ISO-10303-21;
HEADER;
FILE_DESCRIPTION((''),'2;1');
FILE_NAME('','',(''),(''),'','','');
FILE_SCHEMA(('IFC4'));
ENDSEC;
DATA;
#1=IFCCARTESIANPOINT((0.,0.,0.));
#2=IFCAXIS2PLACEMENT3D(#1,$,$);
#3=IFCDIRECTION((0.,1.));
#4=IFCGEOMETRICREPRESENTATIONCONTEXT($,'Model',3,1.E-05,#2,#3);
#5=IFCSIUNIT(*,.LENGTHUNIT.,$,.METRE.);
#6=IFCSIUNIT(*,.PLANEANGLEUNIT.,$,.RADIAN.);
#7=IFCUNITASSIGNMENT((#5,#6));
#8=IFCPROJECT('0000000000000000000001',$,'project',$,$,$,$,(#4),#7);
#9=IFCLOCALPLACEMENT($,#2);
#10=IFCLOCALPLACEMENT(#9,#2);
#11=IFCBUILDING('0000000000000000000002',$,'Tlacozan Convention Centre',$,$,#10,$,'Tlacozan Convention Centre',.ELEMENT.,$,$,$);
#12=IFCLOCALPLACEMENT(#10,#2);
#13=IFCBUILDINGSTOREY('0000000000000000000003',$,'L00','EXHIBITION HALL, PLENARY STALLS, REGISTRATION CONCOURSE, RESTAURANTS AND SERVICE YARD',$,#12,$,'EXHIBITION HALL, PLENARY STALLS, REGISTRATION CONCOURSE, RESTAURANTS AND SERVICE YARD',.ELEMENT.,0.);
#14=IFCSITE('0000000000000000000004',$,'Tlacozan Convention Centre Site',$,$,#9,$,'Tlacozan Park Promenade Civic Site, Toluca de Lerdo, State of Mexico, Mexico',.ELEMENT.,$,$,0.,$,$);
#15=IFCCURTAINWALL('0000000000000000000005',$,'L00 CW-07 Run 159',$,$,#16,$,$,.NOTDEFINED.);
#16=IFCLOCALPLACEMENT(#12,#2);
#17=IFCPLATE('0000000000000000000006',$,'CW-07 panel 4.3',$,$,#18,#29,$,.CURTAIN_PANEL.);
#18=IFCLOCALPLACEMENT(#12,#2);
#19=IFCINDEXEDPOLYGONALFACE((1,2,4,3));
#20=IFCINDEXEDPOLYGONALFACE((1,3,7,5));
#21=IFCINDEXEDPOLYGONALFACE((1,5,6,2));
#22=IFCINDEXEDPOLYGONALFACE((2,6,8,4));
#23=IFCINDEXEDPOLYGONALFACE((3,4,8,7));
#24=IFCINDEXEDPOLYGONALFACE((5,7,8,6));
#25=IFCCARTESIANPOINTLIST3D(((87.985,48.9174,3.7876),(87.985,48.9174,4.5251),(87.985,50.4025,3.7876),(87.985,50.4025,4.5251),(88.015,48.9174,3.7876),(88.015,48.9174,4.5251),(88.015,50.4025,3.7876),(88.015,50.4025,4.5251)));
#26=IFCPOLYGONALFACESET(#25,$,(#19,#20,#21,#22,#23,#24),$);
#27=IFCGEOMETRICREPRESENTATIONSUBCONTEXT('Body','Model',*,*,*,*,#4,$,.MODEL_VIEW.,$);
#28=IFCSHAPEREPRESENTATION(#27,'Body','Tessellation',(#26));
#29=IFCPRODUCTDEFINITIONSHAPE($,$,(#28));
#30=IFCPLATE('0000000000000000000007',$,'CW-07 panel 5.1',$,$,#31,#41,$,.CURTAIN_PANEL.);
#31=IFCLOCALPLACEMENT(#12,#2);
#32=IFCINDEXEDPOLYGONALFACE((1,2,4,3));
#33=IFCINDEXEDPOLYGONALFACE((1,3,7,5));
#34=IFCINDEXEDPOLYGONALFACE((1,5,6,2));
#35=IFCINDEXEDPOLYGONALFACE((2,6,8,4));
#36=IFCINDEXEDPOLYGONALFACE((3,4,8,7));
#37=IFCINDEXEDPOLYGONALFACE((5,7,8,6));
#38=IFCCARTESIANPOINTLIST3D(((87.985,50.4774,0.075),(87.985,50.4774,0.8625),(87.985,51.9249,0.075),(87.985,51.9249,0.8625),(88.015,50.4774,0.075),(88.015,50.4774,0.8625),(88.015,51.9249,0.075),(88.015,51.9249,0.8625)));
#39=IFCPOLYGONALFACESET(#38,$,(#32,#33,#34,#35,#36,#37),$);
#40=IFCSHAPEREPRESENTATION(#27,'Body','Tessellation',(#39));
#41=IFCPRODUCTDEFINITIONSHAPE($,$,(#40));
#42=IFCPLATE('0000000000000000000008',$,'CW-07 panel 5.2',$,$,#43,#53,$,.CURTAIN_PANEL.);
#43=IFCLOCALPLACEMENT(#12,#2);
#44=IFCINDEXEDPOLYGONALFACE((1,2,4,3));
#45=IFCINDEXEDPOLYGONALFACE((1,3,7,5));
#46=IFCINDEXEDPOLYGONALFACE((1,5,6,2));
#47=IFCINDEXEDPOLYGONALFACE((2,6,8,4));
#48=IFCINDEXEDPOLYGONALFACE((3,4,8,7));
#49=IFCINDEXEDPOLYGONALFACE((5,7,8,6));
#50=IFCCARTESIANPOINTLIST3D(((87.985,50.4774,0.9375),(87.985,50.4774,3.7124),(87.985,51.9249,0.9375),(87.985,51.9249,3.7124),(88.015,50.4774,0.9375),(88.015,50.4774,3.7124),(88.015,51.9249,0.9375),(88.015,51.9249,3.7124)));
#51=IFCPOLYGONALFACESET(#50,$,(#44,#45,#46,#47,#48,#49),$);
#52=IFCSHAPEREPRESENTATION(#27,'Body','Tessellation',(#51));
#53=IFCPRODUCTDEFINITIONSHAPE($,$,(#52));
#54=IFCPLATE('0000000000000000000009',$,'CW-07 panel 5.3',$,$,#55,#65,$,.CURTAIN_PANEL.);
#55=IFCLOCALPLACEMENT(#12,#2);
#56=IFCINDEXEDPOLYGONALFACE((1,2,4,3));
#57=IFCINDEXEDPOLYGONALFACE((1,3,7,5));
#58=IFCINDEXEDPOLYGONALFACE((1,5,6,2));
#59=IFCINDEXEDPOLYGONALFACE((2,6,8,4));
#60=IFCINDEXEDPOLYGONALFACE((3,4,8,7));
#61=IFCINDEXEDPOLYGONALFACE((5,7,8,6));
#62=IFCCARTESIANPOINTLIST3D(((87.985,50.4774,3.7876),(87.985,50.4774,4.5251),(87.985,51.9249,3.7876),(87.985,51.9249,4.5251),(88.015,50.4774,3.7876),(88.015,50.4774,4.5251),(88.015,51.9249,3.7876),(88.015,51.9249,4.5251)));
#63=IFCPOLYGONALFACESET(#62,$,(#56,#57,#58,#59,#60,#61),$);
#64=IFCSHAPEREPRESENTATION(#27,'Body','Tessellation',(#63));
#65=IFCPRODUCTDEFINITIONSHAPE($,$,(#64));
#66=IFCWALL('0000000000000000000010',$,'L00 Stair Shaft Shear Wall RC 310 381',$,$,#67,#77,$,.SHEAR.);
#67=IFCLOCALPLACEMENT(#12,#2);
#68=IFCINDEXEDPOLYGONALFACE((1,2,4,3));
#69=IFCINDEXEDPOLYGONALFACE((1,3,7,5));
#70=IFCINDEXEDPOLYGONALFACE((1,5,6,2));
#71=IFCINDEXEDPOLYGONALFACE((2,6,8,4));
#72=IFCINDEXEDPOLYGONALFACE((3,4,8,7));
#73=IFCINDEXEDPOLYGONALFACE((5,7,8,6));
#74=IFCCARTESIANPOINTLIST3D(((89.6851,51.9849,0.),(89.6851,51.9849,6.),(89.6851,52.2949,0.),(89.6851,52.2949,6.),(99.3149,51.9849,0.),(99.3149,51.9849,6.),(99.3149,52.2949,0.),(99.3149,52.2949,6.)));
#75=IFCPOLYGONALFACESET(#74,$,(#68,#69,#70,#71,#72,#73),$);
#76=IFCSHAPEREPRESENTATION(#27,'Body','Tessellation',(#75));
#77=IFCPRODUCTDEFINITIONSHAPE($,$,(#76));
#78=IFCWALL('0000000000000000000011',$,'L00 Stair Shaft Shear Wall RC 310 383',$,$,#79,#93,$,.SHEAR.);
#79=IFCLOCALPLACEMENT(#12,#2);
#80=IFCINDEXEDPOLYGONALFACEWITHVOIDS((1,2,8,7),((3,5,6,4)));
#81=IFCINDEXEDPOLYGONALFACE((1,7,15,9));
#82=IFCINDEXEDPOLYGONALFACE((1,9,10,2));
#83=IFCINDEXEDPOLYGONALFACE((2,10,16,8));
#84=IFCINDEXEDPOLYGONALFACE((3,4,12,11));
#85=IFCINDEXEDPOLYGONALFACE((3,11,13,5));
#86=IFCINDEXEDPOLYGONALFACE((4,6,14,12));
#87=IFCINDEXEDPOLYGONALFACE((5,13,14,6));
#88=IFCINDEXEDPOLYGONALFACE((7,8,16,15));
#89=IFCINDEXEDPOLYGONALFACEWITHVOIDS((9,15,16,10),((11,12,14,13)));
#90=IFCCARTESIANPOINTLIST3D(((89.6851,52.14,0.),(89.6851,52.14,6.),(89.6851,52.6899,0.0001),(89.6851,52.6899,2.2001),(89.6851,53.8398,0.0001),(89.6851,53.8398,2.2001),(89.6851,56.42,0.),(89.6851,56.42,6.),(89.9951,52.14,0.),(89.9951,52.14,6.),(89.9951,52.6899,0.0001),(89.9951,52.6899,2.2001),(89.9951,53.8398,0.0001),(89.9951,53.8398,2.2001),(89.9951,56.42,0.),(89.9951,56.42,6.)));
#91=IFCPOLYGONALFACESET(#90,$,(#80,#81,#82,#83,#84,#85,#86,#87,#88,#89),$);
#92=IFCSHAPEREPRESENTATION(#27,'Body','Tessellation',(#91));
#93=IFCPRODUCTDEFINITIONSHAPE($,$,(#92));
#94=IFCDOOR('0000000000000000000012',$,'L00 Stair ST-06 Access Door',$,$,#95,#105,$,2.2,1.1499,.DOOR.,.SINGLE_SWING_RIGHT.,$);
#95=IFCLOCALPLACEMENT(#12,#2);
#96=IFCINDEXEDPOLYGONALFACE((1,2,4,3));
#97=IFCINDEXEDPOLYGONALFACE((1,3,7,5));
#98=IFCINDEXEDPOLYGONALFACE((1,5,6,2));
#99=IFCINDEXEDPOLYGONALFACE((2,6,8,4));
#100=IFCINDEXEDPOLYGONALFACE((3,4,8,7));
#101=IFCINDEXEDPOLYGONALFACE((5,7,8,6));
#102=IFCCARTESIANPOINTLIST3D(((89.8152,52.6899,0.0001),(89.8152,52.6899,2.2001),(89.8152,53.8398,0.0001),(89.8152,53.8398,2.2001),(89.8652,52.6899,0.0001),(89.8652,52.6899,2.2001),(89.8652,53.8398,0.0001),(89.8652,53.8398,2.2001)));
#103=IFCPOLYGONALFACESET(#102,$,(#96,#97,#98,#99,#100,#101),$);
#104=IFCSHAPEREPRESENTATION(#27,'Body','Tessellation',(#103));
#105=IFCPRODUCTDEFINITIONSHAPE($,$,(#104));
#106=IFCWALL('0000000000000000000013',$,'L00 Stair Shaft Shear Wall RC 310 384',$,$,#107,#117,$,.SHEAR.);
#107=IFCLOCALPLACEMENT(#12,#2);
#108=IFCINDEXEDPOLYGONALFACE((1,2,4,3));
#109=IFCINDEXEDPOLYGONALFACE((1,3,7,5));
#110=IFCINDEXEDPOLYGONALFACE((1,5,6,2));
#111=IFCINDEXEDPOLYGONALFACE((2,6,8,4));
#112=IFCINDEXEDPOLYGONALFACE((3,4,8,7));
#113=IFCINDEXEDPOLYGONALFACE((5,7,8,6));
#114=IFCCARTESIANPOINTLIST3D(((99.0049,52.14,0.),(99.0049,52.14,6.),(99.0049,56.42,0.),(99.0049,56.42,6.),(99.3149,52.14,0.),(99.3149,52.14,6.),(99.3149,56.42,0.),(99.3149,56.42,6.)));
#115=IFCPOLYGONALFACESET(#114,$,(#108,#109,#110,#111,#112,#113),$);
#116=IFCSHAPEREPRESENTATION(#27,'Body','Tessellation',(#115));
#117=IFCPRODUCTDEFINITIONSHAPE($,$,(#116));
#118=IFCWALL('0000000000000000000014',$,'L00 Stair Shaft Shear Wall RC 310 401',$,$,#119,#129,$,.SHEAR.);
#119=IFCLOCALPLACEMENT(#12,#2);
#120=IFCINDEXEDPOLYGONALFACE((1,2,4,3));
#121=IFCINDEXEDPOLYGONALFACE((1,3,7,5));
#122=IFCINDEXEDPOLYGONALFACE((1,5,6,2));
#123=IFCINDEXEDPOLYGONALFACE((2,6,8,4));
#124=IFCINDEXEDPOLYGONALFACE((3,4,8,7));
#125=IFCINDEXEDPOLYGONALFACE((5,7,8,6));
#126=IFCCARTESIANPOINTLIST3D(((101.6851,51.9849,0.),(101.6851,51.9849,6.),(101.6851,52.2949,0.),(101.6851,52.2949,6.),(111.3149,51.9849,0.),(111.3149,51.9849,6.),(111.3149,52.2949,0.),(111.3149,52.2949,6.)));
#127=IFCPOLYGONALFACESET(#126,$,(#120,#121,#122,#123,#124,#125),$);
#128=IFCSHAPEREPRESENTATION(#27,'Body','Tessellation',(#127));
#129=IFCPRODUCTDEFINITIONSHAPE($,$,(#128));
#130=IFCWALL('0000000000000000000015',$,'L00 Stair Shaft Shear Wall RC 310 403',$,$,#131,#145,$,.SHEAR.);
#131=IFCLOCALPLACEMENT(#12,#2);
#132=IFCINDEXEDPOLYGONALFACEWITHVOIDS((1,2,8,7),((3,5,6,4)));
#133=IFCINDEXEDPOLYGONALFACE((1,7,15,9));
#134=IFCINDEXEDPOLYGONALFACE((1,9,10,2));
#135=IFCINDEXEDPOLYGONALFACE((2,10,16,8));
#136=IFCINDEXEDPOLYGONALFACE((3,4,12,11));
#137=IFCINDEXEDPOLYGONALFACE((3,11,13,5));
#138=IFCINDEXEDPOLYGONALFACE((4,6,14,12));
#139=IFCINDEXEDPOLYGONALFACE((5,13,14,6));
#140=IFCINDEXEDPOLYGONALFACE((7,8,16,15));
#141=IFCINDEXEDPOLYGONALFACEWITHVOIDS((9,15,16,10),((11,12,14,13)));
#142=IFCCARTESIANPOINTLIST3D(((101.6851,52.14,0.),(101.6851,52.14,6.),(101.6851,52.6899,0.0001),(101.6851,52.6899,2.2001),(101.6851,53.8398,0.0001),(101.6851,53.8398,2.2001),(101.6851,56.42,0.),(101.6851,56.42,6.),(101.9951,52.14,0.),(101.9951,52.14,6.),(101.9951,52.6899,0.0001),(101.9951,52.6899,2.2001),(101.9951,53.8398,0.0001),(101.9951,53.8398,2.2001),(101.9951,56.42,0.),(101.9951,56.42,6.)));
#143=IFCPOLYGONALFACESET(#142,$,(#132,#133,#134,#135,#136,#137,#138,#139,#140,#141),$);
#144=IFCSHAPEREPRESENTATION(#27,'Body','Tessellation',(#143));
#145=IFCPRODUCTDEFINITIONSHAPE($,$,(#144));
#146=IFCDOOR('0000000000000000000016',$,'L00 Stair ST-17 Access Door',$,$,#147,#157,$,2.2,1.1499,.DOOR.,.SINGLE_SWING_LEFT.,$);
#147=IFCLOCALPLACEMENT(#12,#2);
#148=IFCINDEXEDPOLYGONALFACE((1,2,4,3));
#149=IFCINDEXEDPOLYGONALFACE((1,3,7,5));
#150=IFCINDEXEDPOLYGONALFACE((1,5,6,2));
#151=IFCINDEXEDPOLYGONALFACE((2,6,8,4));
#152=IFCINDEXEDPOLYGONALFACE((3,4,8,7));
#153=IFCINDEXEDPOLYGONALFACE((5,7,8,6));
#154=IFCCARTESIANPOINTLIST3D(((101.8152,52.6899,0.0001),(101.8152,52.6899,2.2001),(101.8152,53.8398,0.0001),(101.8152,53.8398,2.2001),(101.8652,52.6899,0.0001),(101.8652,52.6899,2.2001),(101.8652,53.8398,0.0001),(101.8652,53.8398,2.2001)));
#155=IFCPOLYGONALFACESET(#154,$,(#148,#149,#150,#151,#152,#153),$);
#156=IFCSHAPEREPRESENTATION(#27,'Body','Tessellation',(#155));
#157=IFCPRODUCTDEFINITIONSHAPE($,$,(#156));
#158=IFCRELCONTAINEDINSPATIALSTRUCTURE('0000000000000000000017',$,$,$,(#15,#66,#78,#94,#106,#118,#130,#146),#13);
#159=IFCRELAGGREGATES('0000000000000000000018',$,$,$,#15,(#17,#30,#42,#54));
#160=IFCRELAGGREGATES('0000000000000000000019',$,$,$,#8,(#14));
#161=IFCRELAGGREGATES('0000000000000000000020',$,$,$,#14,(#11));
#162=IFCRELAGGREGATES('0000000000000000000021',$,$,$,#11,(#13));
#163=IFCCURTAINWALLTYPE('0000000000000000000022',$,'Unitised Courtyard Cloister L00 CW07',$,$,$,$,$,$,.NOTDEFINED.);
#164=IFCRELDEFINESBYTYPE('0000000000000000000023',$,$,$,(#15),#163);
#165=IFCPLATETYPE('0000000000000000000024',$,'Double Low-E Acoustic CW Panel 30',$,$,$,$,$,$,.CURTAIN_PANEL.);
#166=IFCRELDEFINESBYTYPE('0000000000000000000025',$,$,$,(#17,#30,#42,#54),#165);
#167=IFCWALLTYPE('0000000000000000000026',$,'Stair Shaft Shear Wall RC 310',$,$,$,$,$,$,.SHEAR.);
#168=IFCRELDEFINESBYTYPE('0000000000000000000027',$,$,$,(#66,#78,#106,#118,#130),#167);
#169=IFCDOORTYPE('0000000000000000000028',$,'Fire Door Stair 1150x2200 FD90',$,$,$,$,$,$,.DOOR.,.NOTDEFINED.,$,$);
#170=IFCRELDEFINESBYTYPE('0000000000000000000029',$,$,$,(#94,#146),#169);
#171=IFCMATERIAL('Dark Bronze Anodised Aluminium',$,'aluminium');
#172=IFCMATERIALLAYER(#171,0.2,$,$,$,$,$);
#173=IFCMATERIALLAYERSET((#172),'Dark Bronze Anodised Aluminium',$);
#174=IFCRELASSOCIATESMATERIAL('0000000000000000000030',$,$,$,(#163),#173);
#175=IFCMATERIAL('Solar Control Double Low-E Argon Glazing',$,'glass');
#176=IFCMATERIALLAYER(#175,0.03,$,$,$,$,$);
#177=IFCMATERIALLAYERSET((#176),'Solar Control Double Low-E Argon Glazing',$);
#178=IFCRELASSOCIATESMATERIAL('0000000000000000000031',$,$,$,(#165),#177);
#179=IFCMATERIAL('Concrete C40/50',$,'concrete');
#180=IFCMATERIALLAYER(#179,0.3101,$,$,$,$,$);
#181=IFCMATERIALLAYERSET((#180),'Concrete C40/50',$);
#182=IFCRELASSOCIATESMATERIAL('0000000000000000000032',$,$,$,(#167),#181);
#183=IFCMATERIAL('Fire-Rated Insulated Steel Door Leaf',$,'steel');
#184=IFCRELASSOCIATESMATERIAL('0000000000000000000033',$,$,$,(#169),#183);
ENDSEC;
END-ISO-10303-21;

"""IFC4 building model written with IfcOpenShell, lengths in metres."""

from ifc_helpers import new_model, si_unit, direction, frame, frame_2d, origin, origin_2d, place, context, subcontext, project, spatial, rectangle, extrude, material, layer, layer_set, type_object, element, fill, aggregate, save


model = new_model("IFC4")

# Units and contexts
model_context = context("Model", 3, precision=1e-05, world=origin(), true_north=direction((0.0, 1.0)))
body_context = subcontext(model_context, "Body", "Model", "MODEL_VIEW")
ifc_project = project(units=[si_unit("LENGTHUNIT", "METRE"), si_unit("PLANEANGLEUNIT", "RADIAN")], contexts=[model_context])

# Site, building, storey
site_placement = place(None, origin())
site = spatial("IfcSite", under=ifc_project, at=site_placement, Name="Tlacozan Convention Centre Site", LongName="Tlacozan Park Promenade Civic Site, Toluca de Lerdo, State of Mexico, Mexico", CompositionType="ELEMENT", RefElevation=0.0)
building_placement = place(site_placement, origin())
building = spatial("IfcBuilding", under=site, at=building_placement, Name="Tlacozan Convention Centre", LongName="Tlacozan Convention Centre", CompositionType="ELEMENT")
storey_placement = place(building_placement, origin())
storey = spatial("IfcBuildingStorey", under=building, at=storey_placement, Name="L00", Description="EXHIBITION HALL, PLENARY STALLS, REGISTRATION CONCOURSE, RESTAURANTS AND SERVICE YARD", LongName="EXHIBITION HALL, PLENARY STALLS, REGISTRATION CONCOURSE, RESTAURANTS AND SERVICE YARD", CompositionType="ELEMENT", Elevation=0.0)

# Shared definitions
ifc_material_1 = material(Name="Concrete C40/50", Category="concrete")

# Curtain wall
ifc_material_2 = material(Name="Dark Bronze Anodised Aluminium", Category="aluminium")
ifc_layer_1 = layer(ifc_material_2, 0.2)
ifc_layer_set_1 = layer_set([ifc_layer_1], Name="Dark Bronze Anodised Aluminium")
curtain_wall_type = type_object("IfcCurtainWallType", Name="Unitised Courtyard Cloister L00 CW07", PredefinedType="NOTDEFINED", material=ifc_layer_set_1)
curtain_wall_1_placement = place(storey_placement, origin())
curtain_wall_1 = element("IfcCurtainWall", 1, at=curtain_wall_1_placement, inside=storey, type_object=curtain_wall_type, Name="L00 CW-07 Run 159", PredefinedType="NOTDEFINED")

# Plates
ifc_material_3 = material(Name="Solar Control Double Low-E Argon Glazing", Category="glass")
ifc_layer_2 = layer(ifc_material_3, 0.03)
ifc_layer_set_2 = layer_set([ifc_layer_2], Name="Solar Control Double Low-E Argon Glazing")
plate_type = type_object("IfcPlateType", Name="Double Low-E Acoustic CW Panel 30", PredefinedType="CURTAIN_PANEL", material=ifc_layer_set_2)
plate_1_placement = place(storey_placement, frame((88.0, 49.6599, 3.7876), z_axis=(0.0, 0.0, 1.0), x_axis=(0.0, 1.0, 0.0)))
plate_1 = element("IfcPlate", 2, at=plate_1_placement, type_object=plate_type, Name="CW-07 panel 4.3", PredefinedType="CURTAIN_PANEL", context=body_context, shape_type="SweptSolid", body=[
    extrude(rectangle(XDim=1.4851, YDim=0.03, at=origin_2d()), origin(), (0.0, 0.0, 1.0), 0.7375),
])
plate_2_placement = place(storey_placement, frame((88.0, 51.2012, 0.075), z_axis=(0.0, 0.0, 1.0), x_axis=(0.0, 1.0, 0.0)))
plate_2 = element("IfcPlate", 3, at=plate_2_placement, type_object=plate_type, Name="CW-07 panel 5.1", PredefinedType="CURTAIN_PANEL", context=body_context, shape_type="SweptSolid", body=[
    extrude(rectangle(XDim=1.4475, YDim=0.03, at=origin_2d()), origin(), (0.0, 0.0, 1.0), 0.7876),
])
plate_3_placement = place(storey_placement, frame((88.0, 51.2012, 0.9375), z_axis=(0.0, 0.0, 1.0), x_axis=(0.0, 1.0, 0.0)))
plate_3 = element("IfcPlate", 4, at=plate_3_placement, type_object=plate_type, Name="CW-07 panel 5.2", PredefinedType="CURTAIN_PANEL", context=body_context, shape_type="SweptSolid", body=[
    extrude(rectangle(XDim=1.4475, YDim=0.03, at=origin_2d()), origin(), (0.0, 0.0, 1.0), 2.7749),
])
plate_4_placement = place(storey_placement, frame((88.0, 51.2012, 3.7876), z_axis=(0.0, 0.0, 1.0), x_axis=(0.0, 1.0, 0.0)))
plate_4 = element("IfcPlate", 5, at=plate_4_placement, type_object=plate_type, Name="CW-07 panel 5.3", PredefinedType="CURTAIN_PANEL", context=body_context, shape_type="SweptSolid", body=[
    extrude(rectangle(XDim=1.4475, YDim=0.03, at=origin_2d()), origin(), (0.0, 0.0, 1.0), 0.7375),
])
aggregate(curtain_wall_1, [plate_1, plate_2, plate_3, plate_4])

# Wall
ifc_layer_3 = layer(ifc_material_1, 0.3101)
ifc_layer_set_3 = layer_set([ifc_layer_3], Name="Concrete C40/50")
wall_type = type_object("IfcWallType", Name="Stair Shaft Shear Wall RC 310", PredefinedType="SHEAR", material=ifc_layer_set_3)
wall_1_placement = place(storey_placement, frame((89.6851, 52.1399, 0.0), z_axis=(0.0, 0.0, 1.0), x_axis=(1.0, 0.0, 0.0)))
element("IfcWall", 6, at=wall_1_placement, inside=storey, type_object=wall_type, Name="L00 Stair Shaft Shear Wall RC 310 381", PredefinedType="SHEAR", context=body_context, shape_type="SweptSolid", body=[
    extrude(rectangle(XDim=9.6299, YDim=0.3101, at=frame_2d((4.8149, 0.0))), origin(), (0.0, 0.0, 1.0), 6.0),
])

# Wall, opening, door
wall_2_placement = place(storey_placement, frame((89.8401, 52.1399, 0.0), z_axis=(0.0, 0.0, 1.0), x_axis=(0.0, 1.0, 0.0)))
wall_2 = element("IfcWall", 7, at=wall_2_placement, inside=storey, type_object=wall_type, Name="L00 Stair Shaft Shear Wall RC 310 383", PredefinedType="SHEAR", context=body_context, shape_type="SweptSolid", body=[
    extrude(rectangle(XDim=4.28, YDim=0.3101, at=frame_2d((2.1401, 0.0))), origin(), (0.0, 0.0, 1.0), 6.0),
])
opening_1_placement = place(wall_2_placement, frame((0.55, 0.0, 0.0)))
opening_1 = element("IfcOpeningElement", 8, at=opening_1_placement, cuts=wall_2, PredefinedType="OPENING", context=body_context, shape_type="SweptSolid", body=[
    extrude(rectangle(XDim=1.1499, YDim=2.2, at=frame_2d((0.575, 1.1001))), frame((0.0, 0.165, 0.0), z_axis=(0.0, -1.0, 0.0), x_axis=(1.0, 0.0, 0.0)), (0.0, 0.0, 1.0), 0.3301),
])
ifc_material_4 = material(Name="Fire-Rated Insulated Steel Door Leaf", Category="steel")
door_type = type_object("IfcDoorType", Name="Fire Door Stair 1150x2200 FD90", OperationType="NOTDEFINED", PredefinedType="DOOR", material=ifc_material_4)
door_1_placement = place(opening_1_placement, origin())
door_1 = element("IfcDoor", 9, at=door_1_placement, inside=storey, type_object=door_type, Name="L00 Stair ST-06 Access Door", OperationType="SINGLE_SWING_RIGHT", OverallHeight=2.2, OverallWidth=1.1499, PredefinedType="DOOR", context=body_context, shape_type="SweptSolid", body=[
    extrude(rectangle(XDim=1.1499, YDim=2.2, at=frame_2d((0.575, 1.1001))), frame((0.0, 0.0249, 0.0), z_axis=(0.0, -1.0, 0.0), x_axis=(1.0, 0.0, 0.0)), (0.0, 0.0, 1.0), 0.05),
])
fill(opening_1, door_1)

# Walls
wall_3_placement = place(storey_placement, frame((99.1599, 52.1399, 0.0), z_axis=(0.0, 0.0, 1.0), x_axis=(0.0, 1.0, 0.0)))
element("IfcWall", 10, at=wall_3_placement, inside=storey, type_object=wall_type, Name="L00 Stair Shaft Shear Wall RC 310 384", PredefinedType="SHEAR", context=body_context, shape_type="SweptSolid", body=[
    extrude(rectangle(XDim=4.28, YDim=0.3101, at=frame_2d((2.1401, 0.0))), origin(), (0.0, 0.0, 1.0), 6.0),
])
wall_4_placement = place(storey_placement, frame((101.6851, 52.1399, 0.0), z_axis=(0.0, 0.0, 1.0), x_axis=(1.0, 0.0, 0.0)))
element("IfcWall", 11, at=wall_4_placement, inside=storey, type_object=wall_type, Name="L00 Stair Shaft Shear Wall RC 310 401", PredefinedType="SHEAR", context=body_context, shape_type="SweptSolid", body=[
    extrude(rectangle(XDim=9.6299, YDim=0.3101, at=frame_2d((4.8149, 0.0))), origin(), (0.0, 0.0, 1.0), 6.0),
])

# Wall, opening, door
wall_5_placement = place(storey_placement, frame((101.8401, 52.1399, 0.0), z_axis=(0.0, 0.0, 1.0), x_axis=(0.0, 1.0, 0.0)))
wall_5 = element("IfcWall", 12, at=wall_5_placement, inside=storey, type_object=wall_type, Name="L00 Stair Shaft Shear Wall RC 310 403", PredefinedType="SHEAR", context=body_context, shape_type="SweptSolid", body=[
    extrude(rectangle(XDim=4.28, YDim=0.3101, at=frame_2d((2.1401, 0.0))), origin(), (0.0, 0.0, 1.0), 6.0),
])
opening_2_placement = place(wall_5_placement, frame((0.55, 0.0, 0.0)))
opening_2 = element("IfcOpeningElement", 13, at=opening_2_placement, cuts=wall_5, PredefinedType="OPENING", context=body_context, shape_type="SweptSolid", body=[
    extrude(rectangle(XDim=1.1499, YDim=2.2, at=frame_2d((0.575, 1.1001))), frame((0.0, 0.165, 0.0), z_axis=(0.0, -1.0, 0.0), x_axis=(1.0, 0.0, 0.0)), (0.0, 0.0, 1.0), 0.3301),
])
door_2_placement = place(opening_2_placement, origin())
door_2 = element("IfcDoor", 14, at=door_2_placement, inside=storey, type_object=door_type, Name="L00 Stair ST-17 Access Door", OperationType="SINGLE_SWING_LEFT", OverallHeight=2.2, OverallWidth=1.1499, PredefinedType="DOOR", context=body_context, shape_type="SweptSolid", body=[
    extrude(rectangle(XDim=1.1499, YDim=2.2, at=frame_2d((0.575, 1.1001))), frame((0.0, 0.0249, 0.0), z_axis=(0.0, -1.0, 0.0), x_axis=(1.0, 0.0, 0.0)), (0.0, 0.0, 1.0), 0.05),
])
fill(opening_2, door_2)

save(model, "model.ifc")
